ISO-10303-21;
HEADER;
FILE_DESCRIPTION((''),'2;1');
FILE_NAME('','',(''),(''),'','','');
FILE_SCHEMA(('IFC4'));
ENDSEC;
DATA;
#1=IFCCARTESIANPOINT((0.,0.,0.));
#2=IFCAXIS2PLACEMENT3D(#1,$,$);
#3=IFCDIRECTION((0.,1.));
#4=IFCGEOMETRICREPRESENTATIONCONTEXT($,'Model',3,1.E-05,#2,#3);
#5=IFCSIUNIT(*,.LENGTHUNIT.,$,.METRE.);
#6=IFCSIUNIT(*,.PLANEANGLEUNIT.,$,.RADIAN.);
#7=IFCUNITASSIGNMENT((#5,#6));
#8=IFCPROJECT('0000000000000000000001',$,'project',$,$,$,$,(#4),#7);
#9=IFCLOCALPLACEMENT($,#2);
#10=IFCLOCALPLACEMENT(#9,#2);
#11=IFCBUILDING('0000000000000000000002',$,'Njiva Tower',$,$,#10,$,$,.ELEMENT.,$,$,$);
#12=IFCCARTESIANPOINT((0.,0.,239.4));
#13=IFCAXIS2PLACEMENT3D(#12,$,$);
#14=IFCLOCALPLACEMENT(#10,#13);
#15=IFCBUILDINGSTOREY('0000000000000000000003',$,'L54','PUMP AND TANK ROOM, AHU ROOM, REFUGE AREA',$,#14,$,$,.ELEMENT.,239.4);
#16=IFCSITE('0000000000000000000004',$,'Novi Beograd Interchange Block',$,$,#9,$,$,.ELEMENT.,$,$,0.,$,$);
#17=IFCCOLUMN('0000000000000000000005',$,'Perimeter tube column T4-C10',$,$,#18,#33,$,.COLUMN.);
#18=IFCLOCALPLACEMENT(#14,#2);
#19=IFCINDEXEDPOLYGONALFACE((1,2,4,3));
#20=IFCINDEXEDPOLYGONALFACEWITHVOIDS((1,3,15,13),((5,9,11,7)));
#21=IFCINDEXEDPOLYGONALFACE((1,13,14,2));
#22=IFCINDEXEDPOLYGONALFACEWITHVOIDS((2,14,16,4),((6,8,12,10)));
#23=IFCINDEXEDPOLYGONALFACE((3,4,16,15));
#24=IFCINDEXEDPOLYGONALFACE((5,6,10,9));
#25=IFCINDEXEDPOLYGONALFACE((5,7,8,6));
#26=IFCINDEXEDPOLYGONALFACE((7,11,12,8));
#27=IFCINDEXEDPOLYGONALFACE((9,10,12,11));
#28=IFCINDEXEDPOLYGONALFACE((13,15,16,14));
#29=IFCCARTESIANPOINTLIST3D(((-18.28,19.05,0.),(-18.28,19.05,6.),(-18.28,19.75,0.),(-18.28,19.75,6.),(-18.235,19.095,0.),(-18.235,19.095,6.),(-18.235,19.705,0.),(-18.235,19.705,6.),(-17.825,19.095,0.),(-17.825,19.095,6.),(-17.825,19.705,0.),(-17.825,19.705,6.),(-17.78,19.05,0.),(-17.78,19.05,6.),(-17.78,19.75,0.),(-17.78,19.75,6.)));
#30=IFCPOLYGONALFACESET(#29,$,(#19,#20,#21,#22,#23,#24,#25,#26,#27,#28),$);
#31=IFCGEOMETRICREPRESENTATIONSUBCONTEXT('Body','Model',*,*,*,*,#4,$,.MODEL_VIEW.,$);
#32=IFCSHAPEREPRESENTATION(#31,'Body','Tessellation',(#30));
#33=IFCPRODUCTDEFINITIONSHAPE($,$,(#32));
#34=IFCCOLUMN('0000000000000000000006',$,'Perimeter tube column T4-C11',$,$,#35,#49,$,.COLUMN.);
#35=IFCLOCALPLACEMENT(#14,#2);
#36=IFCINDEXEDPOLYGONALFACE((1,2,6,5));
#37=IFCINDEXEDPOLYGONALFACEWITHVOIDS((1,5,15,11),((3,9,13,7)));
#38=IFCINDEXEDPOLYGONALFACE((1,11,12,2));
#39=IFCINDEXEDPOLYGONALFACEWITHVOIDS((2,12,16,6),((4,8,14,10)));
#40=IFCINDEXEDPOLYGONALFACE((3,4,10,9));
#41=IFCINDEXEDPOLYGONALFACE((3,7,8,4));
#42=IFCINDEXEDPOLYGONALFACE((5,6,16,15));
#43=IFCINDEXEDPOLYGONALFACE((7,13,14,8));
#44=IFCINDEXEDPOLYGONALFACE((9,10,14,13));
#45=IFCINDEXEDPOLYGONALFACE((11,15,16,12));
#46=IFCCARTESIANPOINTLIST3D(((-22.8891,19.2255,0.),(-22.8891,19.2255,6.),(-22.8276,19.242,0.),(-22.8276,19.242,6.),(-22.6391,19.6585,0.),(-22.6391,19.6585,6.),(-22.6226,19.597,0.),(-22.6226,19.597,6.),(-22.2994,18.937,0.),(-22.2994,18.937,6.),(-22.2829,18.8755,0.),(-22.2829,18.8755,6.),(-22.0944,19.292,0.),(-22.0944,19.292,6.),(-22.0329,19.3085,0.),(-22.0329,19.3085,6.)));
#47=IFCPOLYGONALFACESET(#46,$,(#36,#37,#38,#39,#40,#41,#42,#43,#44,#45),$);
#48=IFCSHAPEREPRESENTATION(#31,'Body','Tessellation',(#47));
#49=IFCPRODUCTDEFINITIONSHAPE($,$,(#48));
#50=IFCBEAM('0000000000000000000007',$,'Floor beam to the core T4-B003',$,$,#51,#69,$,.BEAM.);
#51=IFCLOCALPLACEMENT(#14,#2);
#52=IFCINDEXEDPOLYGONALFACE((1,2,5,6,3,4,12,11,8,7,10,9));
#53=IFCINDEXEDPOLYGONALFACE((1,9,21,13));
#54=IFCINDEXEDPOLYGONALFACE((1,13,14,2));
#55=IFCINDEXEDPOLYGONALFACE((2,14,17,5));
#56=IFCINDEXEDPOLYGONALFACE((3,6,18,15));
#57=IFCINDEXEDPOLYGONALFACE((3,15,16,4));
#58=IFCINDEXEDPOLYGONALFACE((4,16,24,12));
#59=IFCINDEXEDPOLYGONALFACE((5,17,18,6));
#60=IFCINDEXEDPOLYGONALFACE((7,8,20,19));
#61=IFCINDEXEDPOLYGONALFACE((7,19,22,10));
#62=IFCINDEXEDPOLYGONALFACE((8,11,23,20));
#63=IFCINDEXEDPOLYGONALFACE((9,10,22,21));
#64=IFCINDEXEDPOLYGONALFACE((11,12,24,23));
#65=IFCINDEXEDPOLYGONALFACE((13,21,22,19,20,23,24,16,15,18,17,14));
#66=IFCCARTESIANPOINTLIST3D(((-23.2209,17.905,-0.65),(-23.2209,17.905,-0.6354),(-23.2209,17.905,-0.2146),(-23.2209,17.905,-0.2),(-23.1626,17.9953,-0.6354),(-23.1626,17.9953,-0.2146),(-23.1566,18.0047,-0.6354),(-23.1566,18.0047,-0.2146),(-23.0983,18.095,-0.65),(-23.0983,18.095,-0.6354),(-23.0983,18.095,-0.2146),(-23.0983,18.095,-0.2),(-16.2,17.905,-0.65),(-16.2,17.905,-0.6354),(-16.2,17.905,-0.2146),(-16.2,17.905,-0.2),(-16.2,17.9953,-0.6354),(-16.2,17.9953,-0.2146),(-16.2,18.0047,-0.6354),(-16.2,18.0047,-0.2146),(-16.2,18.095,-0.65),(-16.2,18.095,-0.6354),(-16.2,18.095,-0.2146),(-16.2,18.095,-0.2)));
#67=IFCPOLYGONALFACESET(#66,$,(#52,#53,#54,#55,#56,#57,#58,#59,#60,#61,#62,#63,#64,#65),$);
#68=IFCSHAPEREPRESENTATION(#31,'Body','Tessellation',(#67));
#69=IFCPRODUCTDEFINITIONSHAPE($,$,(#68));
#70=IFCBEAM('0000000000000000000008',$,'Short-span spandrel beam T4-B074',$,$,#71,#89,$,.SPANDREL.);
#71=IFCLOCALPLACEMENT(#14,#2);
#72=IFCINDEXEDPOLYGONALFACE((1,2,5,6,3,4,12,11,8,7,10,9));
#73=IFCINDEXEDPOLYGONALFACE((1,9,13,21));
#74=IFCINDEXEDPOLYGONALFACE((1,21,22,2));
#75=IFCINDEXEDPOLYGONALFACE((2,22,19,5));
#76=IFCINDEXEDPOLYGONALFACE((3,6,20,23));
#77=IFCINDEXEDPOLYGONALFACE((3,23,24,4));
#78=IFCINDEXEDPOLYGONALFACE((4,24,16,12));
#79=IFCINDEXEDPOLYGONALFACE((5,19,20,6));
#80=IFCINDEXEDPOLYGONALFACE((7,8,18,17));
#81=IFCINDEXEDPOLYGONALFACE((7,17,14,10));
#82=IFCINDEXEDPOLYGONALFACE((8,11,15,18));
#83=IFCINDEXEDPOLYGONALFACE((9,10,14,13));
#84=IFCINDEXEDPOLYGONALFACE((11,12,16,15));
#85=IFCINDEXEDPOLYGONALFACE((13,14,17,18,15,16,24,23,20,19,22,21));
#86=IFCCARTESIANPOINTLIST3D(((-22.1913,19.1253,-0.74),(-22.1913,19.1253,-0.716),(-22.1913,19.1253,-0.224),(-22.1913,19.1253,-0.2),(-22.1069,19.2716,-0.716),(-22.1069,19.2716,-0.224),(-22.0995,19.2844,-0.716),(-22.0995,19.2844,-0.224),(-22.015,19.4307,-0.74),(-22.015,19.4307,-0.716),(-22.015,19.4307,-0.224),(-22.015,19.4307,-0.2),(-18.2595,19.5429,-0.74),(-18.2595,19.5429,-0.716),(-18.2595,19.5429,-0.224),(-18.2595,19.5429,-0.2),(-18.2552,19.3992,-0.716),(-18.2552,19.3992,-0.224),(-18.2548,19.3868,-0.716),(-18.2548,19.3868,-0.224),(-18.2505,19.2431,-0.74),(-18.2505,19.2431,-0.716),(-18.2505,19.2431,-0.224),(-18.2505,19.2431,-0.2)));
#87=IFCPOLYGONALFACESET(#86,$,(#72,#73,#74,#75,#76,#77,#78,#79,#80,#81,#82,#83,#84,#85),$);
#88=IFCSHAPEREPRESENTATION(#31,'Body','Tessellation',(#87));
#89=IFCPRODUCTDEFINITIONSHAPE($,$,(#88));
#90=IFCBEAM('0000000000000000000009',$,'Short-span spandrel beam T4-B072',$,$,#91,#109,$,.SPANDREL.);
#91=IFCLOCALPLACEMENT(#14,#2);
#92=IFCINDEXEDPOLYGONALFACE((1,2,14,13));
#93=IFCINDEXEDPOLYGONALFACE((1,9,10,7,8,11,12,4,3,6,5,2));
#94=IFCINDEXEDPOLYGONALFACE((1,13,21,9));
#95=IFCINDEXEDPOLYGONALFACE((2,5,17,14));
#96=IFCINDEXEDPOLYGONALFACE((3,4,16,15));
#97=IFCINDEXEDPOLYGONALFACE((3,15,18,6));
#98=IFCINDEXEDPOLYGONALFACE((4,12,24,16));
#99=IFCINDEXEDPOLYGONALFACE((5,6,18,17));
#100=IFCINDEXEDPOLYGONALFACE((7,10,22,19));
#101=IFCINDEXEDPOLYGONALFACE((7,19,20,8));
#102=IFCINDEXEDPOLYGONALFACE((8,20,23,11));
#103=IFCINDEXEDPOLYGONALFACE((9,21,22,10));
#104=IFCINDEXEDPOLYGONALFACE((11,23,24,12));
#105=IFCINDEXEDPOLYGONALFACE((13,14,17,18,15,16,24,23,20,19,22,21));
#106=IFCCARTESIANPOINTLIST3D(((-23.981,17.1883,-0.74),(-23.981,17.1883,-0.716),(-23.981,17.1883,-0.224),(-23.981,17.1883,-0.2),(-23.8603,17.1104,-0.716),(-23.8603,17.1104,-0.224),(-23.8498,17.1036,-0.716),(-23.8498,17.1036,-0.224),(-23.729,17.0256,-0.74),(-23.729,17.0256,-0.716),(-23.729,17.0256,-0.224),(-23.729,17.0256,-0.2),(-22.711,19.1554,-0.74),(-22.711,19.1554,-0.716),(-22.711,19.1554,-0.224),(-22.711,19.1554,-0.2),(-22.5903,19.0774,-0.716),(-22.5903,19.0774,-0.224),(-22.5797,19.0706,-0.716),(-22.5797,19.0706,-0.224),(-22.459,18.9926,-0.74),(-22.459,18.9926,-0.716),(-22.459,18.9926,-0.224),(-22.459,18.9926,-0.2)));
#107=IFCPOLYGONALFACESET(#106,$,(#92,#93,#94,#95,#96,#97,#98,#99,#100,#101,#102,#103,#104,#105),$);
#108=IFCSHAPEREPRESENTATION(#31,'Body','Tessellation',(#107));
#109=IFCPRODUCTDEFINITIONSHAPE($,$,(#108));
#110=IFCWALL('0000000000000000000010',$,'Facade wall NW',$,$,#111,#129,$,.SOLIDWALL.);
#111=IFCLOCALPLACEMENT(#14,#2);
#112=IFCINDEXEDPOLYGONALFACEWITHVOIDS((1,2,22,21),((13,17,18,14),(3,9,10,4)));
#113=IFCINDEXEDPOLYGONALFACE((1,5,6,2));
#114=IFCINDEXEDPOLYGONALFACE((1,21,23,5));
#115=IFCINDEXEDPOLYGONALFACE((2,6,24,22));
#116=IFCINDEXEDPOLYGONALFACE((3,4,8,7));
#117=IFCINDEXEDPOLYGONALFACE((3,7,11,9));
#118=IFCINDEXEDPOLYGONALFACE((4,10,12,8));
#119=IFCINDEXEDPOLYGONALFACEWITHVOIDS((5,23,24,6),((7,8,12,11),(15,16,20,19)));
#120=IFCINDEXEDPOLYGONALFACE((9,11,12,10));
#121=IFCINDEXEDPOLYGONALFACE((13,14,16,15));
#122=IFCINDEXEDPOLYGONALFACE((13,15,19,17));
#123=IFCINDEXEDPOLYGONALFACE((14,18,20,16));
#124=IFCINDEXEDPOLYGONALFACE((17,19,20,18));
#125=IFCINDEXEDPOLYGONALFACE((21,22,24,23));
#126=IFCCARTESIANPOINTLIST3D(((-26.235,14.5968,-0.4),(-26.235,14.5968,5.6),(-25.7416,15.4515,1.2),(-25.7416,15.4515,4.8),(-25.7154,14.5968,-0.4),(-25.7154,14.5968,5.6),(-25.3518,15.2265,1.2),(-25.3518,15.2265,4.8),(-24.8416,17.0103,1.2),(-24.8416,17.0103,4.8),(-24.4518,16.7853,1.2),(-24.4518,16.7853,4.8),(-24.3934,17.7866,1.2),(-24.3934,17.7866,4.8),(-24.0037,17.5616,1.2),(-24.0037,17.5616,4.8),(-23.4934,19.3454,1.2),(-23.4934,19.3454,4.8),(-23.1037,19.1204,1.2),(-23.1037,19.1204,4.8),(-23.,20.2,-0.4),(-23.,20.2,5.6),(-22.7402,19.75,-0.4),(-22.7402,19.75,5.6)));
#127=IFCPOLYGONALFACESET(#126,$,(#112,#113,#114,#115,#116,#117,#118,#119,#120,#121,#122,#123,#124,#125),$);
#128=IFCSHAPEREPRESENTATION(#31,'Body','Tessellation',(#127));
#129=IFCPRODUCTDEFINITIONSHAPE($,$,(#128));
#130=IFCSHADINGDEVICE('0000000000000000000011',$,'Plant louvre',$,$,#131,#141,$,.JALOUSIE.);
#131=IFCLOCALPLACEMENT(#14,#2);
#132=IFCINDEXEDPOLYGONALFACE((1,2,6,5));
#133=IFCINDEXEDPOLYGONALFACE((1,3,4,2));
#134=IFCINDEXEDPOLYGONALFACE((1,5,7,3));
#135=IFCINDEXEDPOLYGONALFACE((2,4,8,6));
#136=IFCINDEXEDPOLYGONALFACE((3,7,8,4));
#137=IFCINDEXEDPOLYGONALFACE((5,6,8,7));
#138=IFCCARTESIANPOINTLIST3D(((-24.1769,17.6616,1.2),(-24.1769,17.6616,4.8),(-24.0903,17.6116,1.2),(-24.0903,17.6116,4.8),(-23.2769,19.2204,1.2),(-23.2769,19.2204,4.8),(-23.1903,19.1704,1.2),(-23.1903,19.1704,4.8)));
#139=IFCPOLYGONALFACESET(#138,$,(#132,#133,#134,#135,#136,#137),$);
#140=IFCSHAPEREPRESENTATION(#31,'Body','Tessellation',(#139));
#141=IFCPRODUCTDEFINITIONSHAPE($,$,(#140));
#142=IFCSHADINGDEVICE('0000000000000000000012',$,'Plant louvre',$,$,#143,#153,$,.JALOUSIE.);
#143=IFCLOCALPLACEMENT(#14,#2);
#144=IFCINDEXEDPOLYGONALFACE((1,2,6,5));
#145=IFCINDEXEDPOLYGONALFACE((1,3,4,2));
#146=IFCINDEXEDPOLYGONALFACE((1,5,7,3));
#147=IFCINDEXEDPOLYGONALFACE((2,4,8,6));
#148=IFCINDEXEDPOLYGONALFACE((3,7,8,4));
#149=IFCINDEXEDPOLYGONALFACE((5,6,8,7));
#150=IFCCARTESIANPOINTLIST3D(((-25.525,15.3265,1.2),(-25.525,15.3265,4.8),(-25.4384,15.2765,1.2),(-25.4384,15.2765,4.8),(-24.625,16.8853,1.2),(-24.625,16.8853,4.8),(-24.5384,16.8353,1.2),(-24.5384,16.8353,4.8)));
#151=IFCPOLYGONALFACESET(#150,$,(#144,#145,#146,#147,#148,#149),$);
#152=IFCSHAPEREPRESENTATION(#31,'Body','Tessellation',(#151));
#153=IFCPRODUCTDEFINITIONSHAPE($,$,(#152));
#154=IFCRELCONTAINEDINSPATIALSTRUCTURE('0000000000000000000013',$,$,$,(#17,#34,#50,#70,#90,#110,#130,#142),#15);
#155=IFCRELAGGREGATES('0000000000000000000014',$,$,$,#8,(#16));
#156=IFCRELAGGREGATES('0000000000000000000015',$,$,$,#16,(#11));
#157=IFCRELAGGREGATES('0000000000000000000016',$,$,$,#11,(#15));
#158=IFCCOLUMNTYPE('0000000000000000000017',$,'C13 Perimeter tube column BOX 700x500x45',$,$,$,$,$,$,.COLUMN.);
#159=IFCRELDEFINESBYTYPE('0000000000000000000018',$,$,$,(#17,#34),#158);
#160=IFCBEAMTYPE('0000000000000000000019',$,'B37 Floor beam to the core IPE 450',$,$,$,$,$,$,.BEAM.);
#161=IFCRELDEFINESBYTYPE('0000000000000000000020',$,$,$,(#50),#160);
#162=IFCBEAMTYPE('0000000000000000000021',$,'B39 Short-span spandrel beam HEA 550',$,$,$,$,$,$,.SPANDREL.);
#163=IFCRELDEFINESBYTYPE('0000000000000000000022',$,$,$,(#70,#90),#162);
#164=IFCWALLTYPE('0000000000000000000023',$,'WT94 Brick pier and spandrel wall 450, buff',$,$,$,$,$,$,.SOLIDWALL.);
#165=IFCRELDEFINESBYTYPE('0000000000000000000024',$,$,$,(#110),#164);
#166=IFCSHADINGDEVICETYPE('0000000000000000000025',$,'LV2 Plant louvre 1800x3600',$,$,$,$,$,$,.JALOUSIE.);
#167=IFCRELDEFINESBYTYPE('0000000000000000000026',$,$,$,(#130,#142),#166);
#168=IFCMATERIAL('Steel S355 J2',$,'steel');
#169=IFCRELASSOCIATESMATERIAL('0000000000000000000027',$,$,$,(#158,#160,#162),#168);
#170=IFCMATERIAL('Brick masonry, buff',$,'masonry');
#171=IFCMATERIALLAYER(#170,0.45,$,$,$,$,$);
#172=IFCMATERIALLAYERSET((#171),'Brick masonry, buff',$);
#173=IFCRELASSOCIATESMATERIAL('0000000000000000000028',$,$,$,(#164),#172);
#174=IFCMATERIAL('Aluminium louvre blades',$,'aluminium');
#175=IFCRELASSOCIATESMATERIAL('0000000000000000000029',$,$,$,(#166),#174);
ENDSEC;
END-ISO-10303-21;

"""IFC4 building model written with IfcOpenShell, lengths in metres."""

from ifc_helpers import new_model, si_unit, direction, frame, frame_2d, origin, origin_2d, place, context, subcontext, project, spatial, polyline, rectangle, hollow_rectangle, i_section, outline, extrude, clip, halfspace, material, layer, layer_set, material_profile, profile_set, type_object, element, fill, save


model = new_model("IFC4")

# Units and contexts
model_context = context("Model", 3, precision=1e-05, world=origin(), true_north=direction((0.0, 1.0)))
body_context = subcontext(model_context, "Body", "Model", "MODEL_VIEW")
ifc_project = project(units=[si_unit("LENGTHUNIT", "METRE"), si_unit("PLANEANGLEUNIT", "RADIAN")], contexts=[model_context])

# Site, building, storey
site_placement = place(None, origin())
site = spatial("IfcSite", under=ifc_project, at=site_placement, Name="Novi Beograd Interchange Block", CompositionType="ELEMENT", RefElevation=0.0)
building_placement = place(site_placement, origin())
building = spatial("IfcBuilding", under=site, at=building_placement, Name="Njiva Tower", CompositionType="ELEMENT")
storey_placement = place(building_placement, frame((0.0, 0.0, 239.4)))
storey = spatial("IfcBuildingStorey", under=building, at=storey_placement, Name="L54", Description="PUMP AND TANK ROOM, AHU ROOM, REFUGE AREA", CompositionType="ELEMENT", Elevation=239.4)

# Columns
ifc_material_1 = material(Name="Steel S355 J2", Category="steel")
ifc_material_profile_1 = material_profile(ifc_material_1, hollow_rectangle(XDim=0.5, YDim=0.7, WallThickness=0.045, at=origin_2d()), Name="BOX 700x500x45")
ifc_profile_set_1 = profile_set([ifc_material_profile_1], Name="Steel S355 J2")
column_type = type_object("IfcColumnType", Name="C13 Perimeter tube column BOX 700x500x45", PredefinedType="COLUMN", material=ifc_profile_set_1)
for number, where, z_axis, x_axis, name in (
    (1, (-18.03, 19.4, 0.0), (0.0, 0.0, 1.0), (-1.0, 0.0, 0.0), "Perimeter tube column T4-C10"),
    (2, (-22.461, 19.267, 0.0), (0.0, 0.0, 1.0), (-0.5, -0.866025, 0.0), "Perimeter tube column T4-C11"),
):
    element("IfcColumn", number, at=place(storey_placement, frame(where, z_axis=z_axis, x_axis=x_axis)), inside=storey, type_object=column_type, Name=name, PredefinedType="COLUMN", context=body_context, shape_type="SweptSolid", body=[
        extrude(hollow_rectangle(XDim=0.5, YDim=0.7, WallThickness=0.045, at=origin_2d()), origin(), (0.0, 0.0, 1.0), 6.0),
    ])

# Beams
ifc_material_profile_2 = material_profile(ifc_material_1, i_section(OverallWidth=0.19, OverallDepth=0.45, WebThickness=0.0094, FlangeThickness=0.0146, at=origin_2d()), Name="IPE 450")
ifc_profile_set_2 = profile_set([ifc_material_profile_2], Name="Steel S355 J2")
beam_type_1 = type_object("IfcBeamType", Name="B37 Floor beam to the core IPE 450", PredefinedType="BEAM", material=ifc_profile_set_2)
beam_1_placement = place(storey_placement, frame((-23.241, 18.0, -0.425), z_axis=(1.0, 0.0, 0.0), x_axis=(0.0, 1.0, 0.0)))
element("IfcBeam", 3, at=beam_1_placement, inside=storey, type_object=beam_type_1, Name="Floor beam to the core T4-B003", PredefinedType="BEAM", context=body_context, shape_type="Clipping", body=[
    clip(extrude(i_section(OverallWidth=0.19, OverallDepth=0.45, WebThickness=0.0094, FlangeThickness=0.0146, at=origin_2d()), origin(), (0.0, 0.0, 1.0), 7.041), halfspace(frame((0.0271, 0.0, 0.0989), z_axis=(0.54209, 0.0, -0.84032), x_axis=(0.0, -1.0, 0.0)), False)),
])
ifc_material_profile_3 = material_profile(ifc_material_1, i_section(OverallWidth=0.3, OverallDepth=0.54, WebThickness=0.0125, FlangeThickness=0.024, at=origin_2d()), Name="HEA 550")
ifc_profile_set_3 = profile_set([ifc_material_profile_3], Name="Steel S355 J2")
beam_type_2 = type_object("IfcBeamType", Name="B39 Short-span spandrel beam HEA 550", PredefinedType="SPANDREL", material=ifc_profile_set_3)
beam_2_placement = place(storey_placement, frame((-18.255, 19.393, -0.47), z_axis=(-0.999554, -0.029872, 0.0), x_axis=(0.029872, -0.999554, 0.0)))
element("IfcBeam", 4, at=beam_2_placement, inside=storey, type_object=beam_type_2, Name="Short-span spandrel beam T4-B074", PredefinedType="SPANDREL", context=body_context, shape_type="Clipping", body=[
    clip(extrude(i_section(OverallWidth=0.3, OverallDepth=0.54, WebThickness=0.0125, FlangeThickness=0.024, at=origin_2d()), origin(), (0.0, 0.0, 1.0), 3.9627), halfspace(frame((-0.0259, 0.0, 3.8339), z_axis=(-0.525645, 0.0, 0.850704), x_axis=(0.0, 1.0, 0.0)), False)),
])
beam_3_placement = place(storey_placement, frame((-22.585, 19.074, -0.47), z_axis=(-0.542419, -0.840108, 0.0), x_axis=(0.840108, -0.542419, 0.0)))
element("IfcBeam", 5, at=beam_3_placement, inside=storey, type_object=beam_type_2, Name="Short-span spandrel beam T4-B072", PredefinedType="SPANDREL", context=body_context, shape_type="SweptSolid", body=[
    extrude(i_section(OverallWidth=0.3, OverallDepth=0.54, WebThickness=0.0125, FlangeThickness=0.024, at=origin_2d()), origin(), (0.0, 0.0, 1.0), 2.3414),
])

# Wall, openings, shading devices
ifc_material_2 = material(Name="Brick masonry, buff", Category="masonry")
ifc_layer = layer(ifc_material_2, 0.45)
ifc_layer_set = layer_set([ifc_layer], Name="Brick masonry, buff")
wall_type = type_object("IfcWallType", Name="WT94 Brick pier and spandrel wall 450, buff", PredefinedType="SOLIDWALL", material=ifc_layer_set)
wall_placement = place(storey_placement, frame((-22.8701, 19.975, -0.4), z_axis=(0.0, 0.0, 1.0), x_axis=(-0.499999, -0.866026, 0.0)))
wall = element("IfcWall", 6, at=wall_placement, inside=storey, type_object=wall_type, Name="Facade wall NW", PredefinedType="SOLIDWALL", context=body_context, shape_type="SweptSolid", body=[
    extrude(outline(polyline([(-0.1299, -0.225), (6.3401, -0.225), (6.0803, 0.225), (0.1299, 0.225), (-0.1299, -0.225)])), origin(), (0.0, 0.0, 1.0), 6.0),
])
opening_1_placement = place(wall_placement, frame((0.8569, 0.0, 1.6)))
opening_1 = element("IfcOpeningElement", 7, at=opening_1_placement, cuts=wall, PredefinedType="OPENING", context=body_context, shape_type="SweptSolid", body=[
    extrude(rectangle(XDim=1.8, YDim=3.6, at=frame_2d((0.9, 1.8))), frame((0.0, 0.235, 0.0), z_axis=(0.0, -1.0, 0.0), x_axis=(1.0, 0.0, 0.0)), (0.0, 0.0, 1.0), 0.47),
])
opening_2_placement = place(wall_placement, frame((3.5532, 0.0, 1.6)))
opening_2 = element("IfcOpeningElement", 8, at=opening_2_placement, cuts=wall, PredefinedType="OPENING", context=body_context, shape_type="SweptSolid", body=[
    extrude(rectangle(XDim=1.8, YDim=3.6, at=frame_2d((0.9, 1.8))), frame((0.0, 0.235, 0.0), z_axis=(0.0, -1.0, 0.0), x_axis=(1.0, 0.0, 0.0)), (0.0, 0.0, 1.0), 0.47),
])
ifc_material_3 = material(Name="Aluminium louvre blades", Category="aluminium")
shading_device_type = type_object("IfcShadingDeviceType", Name="LV2 Plant louvre 1800x3600", PredefinedType="JALOUSIE", material=ifc_material_3)
shading_device_1_placement = place(opening_1_placement, origin())
shading_device_1 = element("IfcShadingDevice", 9, at=shading_device_1_placement, inside=storey, type_object=shading_device_type, Name="Plant louvre", PredefinedType="JALOUSIE", context=body_context, shape_type="SweptSolid", body=[
    extrude(rectangle(XDim=1.8, YDim=3.6, at=frame_2d((0.9, 1.8))), frame((0.0, 0.125, 0.0), z_axis=(0.0, -1.0, 0.0), x_axis=(1.0, 0.0, 0.0)), (0.0, 0.0, 1.0), 0.1),
])
fill(opening_1, shading_device_1)
shading_device_2_placement = place(opening_2_placement, origin())
shading_device_2 = element("IfcShadingDevice", 10, at=shading_device_2_placement, inside=storey, type_object=shading_device_type, Name="Plant louvre", PredefinedType="JALOUSIE", context=body_context, shape_type="SweptSolid", body=[
    extrude(rectangle(XDim=1.8, YDim=3.6, at=frame_2d((0.9, 1.8))), frame((0.0, 0.125, 0.0), z_axis=(0.0, -1.0, 0.0), x_axis=(1.0, 0.0, 0.0)), (0.0, 0.0, 1.0), 0.1),
])
fill(opening_2, shading_device_2)

save(model, "model.ifc")
